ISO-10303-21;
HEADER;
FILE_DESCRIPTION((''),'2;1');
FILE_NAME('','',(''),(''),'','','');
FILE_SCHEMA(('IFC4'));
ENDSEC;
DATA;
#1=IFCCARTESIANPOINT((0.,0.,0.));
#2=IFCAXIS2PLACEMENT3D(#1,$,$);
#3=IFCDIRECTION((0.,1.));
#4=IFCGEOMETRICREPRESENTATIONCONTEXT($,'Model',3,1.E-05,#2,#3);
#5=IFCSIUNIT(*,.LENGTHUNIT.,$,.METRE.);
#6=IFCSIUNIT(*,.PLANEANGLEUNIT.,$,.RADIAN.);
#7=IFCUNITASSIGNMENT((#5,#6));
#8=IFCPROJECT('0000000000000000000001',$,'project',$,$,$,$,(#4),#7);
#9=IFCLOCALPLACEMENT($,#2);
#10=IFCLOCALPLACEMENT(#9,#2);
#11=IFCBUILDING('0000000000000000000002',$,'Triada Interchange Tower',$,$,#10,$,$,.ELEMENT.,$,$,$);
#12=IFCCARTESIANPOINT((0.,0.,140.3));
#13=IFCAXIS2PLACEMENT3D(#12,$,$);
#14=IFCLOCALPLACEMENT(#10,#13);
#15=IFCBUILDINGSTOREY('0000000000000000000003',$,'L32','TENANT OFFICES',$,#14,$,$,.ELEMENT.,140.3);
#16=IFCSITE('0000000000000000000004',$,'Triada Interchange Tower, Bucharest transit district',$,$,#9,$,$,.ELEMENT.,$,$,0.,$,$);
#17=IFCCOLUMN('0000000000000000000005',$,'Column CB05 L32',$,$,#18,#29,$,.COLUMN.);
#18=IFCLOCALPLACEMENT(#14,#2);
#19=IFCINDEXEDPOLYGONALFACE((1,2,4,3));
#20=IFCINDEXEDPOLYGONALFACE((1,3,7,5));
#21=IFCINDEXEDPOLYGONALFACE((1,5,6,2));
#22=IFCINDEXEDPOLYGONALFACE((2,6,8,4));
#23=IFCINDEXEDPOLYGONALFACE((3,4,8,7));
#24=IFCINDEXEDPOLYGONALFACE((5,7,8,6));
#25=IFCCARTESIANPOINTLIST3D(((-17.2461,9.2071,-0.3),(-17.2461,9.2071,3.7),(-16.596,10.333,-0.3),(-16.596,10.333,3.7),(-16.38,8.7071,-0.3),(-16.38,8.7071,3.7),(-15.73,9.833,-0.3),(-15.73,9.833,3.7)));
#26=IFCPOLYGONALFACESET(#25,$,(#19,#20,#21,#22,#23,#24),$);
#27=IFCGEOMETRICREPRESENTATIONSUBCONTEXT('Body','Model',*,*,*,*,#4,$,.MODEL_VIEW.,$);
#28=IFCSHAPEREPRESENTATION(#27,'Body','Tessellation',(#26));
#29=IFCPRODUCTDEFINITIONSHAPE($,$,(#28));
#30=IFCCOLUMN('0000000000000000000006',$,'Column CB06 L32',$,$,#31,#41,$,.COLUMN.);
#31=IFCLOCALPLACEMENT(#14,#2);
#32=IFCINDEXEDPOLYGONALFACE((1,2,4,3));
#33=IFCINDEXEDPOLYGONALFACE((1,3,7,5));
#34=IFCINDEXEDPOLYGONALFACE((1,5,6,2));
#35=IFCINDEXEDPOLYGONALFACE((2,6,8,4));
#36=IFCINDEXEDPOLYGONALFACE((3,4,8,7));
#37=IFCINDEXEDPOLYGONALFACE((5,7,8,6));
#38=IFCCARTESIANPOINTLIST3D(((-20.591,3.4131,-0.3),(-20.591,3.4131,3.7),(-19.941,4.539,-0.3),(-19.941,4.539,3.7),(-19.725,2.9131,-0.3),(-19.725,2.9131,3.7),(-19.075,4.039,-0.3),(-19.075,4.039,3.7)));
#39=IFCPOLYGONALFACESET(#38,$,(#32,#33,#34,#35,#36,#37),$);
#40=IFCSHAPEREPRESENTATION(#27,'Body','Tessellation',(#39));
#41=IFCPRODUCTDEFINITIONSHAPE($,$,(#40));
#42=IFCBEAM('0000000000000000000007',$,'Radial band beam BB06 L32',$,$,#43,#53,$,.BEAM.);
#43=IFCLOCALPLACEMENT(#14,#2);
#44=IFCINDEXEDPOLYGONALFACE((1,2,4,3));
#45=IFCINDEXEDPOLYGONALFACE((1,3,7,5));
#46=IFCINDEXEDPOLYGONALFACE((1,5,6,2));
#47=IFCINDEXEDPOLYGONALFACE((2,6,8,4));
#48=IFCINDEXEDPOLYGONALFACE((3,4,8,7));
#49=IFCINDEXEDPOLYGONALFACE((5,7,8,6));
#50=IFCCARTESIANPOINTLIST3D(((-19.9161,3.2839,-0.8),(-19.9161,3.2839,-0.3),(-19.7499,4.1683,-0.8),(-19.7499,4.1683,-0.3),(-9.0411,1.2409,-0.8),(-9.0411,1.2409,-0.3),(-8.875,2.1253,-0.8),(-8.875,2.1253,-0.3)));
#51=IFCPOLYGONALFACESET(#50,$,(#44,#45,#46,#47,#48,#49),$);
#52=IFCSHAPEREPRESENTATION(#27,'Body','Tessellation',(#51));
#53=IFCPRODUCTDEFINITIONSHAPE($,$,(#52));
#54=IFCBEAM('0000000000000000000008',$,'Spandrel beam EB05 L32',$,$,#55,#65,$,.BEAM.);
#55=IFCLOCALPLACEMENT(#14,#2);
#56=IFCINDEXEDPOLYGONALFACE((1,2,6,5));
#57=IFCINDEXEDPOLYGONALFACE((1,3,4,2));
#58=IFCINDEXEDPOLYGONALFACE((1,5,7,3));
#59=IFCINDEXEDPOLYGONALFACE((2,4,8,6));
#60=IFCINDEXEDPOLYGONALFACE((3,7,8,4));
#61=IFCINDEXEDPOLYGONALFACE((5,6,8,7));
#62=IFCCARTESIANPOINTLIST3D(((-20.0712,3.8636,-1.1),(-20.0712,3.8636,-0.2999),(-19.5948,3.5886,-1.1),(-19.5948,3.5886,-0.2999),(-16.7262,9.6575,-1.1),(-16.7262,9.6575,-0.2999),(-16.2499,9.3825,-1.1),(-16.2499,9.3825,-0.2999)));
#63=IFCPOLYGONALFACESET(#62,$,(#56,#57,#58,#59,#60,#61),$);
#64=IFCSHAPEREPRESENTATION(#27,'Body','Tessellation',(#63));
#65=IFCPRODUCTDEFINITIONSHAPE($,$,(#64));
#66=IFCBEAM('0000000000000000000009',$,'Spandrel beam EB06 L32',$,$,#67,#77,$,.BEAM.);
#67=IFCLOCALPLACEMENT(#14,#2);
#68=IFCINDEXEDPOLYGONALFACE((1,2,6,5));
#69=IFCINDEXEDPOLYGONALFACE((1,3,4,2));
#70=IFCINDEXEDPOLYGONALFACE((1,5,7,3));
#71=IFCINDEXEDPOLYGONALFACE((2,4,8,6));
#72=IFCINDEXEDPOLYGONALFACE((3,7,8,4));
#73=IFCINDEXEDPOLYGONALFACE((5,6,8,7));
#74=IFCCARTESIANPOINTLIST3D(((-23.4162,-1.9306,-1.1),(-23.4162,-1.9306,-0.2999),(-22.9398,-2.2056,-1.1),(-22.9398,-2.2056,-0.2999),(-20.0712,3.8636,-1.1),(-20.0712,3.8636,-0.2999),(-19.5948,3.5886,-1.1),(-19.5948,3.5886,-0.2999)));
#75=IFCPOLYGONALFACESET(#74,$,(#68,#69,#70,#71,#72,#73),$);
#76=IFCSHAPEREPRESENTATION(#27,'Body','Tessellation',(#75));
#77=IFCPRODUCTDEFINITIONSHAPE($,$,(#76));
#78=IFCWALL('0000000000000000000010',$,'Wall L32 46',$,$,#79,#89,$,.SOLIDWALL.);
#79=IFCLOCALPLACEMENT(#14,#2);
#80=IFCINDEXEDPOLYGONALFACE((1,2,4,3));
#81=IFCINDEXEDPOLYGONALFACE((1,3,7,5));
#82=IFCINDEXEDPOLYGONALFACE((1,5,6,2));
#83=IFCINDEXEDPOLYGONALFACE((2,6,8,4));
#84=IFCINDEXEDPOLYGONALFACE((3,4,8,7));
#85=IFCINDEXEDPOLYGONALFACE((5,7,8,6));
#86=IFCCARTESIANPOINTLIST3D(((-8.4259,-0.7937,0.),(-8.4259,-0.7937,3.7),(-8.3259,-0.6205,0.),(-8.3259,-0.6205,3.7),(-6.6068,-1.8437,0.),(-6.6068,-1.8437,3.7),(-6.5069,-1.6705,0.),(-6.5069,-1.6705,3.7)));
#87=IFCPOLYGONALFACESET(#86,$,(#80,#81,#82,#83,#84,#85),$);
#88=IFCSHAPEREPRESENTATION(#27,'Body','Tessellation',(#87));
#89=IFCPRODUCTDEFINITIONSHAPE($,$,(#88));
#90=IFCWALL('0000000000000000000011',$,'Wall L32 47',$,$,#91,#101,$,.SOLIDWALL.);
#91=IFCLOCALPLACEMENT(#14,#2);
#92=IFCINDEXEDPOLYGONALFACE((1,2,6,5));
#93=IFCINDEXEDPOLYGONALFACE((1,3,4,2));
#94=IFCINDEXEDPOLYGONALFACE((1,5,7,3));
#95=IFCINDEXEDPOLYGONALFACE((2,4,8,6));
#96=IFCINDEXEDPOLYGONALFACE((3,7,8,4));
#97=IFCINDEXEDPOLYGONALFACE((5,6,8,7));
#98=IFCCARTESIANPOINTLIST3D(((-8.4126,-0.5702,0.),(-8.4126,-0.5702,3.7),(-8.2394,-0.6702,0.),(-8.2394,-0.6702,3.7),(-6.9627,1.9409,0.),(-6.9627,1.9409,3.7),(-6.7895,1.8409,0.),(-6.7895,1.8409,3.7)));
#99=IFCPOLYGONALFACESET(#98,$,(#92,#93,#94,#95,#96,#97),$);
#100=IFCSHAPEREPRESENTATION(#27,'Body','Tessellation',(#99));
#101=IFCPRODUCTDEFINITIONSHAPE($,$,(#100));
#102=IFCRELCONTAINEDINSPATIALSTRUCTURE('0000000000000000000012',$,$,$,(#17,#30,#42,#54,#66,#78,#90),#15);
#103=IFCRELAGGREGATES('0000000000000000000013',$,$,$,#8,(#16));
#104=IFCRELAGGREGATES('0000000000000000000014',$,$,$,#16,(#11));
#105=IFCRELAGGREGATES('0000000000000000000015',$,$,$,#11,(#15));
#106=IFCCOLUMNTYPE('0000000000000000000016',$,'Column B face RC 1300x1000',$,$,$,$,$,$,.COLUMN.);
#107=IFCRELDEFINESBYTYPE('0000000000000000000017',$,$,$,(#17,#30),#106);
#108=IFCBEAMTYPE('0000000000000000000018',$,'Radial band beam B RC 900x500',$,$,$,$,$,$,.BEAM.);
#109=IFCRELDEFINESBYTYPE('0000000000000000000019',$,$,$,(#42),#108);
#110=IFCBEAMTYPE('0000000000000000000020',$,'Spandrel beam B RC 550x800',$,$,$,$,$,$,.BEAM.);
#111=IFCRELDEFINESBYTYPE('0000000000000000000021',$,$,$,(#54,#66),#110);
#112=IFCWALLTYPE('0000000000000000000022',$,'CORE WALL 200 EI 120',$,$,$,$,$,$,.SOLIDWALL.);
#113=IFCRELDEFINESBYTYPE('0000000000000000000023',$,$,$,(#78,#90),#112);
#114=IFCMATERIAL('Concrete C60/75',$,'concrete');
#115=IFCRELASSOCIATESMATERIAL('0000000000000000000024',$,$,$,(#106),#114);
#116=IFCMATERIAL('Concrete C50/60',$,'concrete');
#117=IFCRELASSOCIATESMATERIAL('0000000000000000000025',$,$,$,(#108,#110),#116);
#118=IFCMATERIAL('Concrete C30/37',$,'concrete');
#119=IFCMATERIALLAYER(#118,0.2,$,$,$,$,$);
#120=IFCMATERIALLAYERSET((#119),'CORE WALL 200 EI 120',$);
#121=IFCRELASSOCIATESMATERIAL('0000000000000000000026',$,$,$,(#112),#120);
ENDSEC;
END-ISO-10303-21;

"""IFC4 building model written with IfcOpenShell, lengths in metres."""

from ifc_helpers import new_model, si_unit, direction, frame, frame_2d, origin, origin_2d, place, context, subcontext, project, spatial, rectangle, extrude, material, layer, layer_set, material_profile, profile_set, type_object, element, save


model = new_model("IFC4")

# Units and contexts
model_context = context("Model", 3, precision=1e-05, world=origin(), true_north=direction((0.0, 1.0)))
body_context = subcontext(model_context, "Body", "Model", "MODEL_VIEW")
ifc_project = project(units=[si_unit("LENGTHUNIT", "METRE"), si_unit("PLANEANGLEUNIT", "RADIAN")], contexts=[model_context])

# Site, building, storey
site_placement = place(None, origin())
site = spatial("IfcSite", under=ifc_project, at=site_placement, Name="Triada Interchange Tower, Bucharest transit district", CompositionType="ELEMENT", RefElevation=0.0)
building_placement = place(site_placement, origin())
building = spatial("IfcBuilding", under=site, at=building_placement, Name="Triada Interchange Tower", CompositionType="ELEMENT")
storey_placement = place(building_placement, frame((0.0, 0.0, 140.3)))
storey = spatial("IfcBuildingStorey", under=building, at=storey_placement, Name="L32", Description="TENANT OFFICES", CompositionType="ELEMENT", Elevation=140.3)

# Columns
ifc_material_1 = material(Name="Concrete C60/75", Category="concrete")
ifc_material_profile_1 = material_profile(ifc_material_1, rectangle(XDim=1.3, YDim=1.0, at=origin_2d()), Name="RC 1300x1000")
ifc_profile_set_1 = profile_set([ifc_material_profile_1], Name="Concrete C60/75")
column_type = type_object("IfcColumnType", Name="Column B face RC 1300x1000", PredefinedType="COLUMN", material=ifc_profile_set_1)
for number, where, z_axis, x_axis, name in (
    (1, (-16.488, 9.52, -0.3), (0.0, 0.0, 1.0), (0.5, 0.866025, 0.0), "Column CB05 L32"),
    (2, (-19.833, 3.7261, -0.3), (0.0, 0.0, 1.0), (0.5, 0.866025, 0.0), "Column CB06 L32"),
):
    element("IfcColumn", number, at=place(storey_placement, frame(where, z_axis=z_axis, x_axis=x_axis)), inside=storey, type_object=column_type, Name=name, PredefinedType="COLUMN", context=body_context, shape_type="SweptSolid", body=[
        extrude(rectangle(XDim=1.3, YDim=1.0, at=origin_2d()), origin(), (0.0, 0.0, 1.0), 4.0),
    ])

# Beams
ifc_material_2 = material(Name="Concrete C50/60", Category="concrete")
ifc_material_profile_2 = material_profile(ifc_material_2, rectangle(XDim=0.8999, YDim=0.5, at=origin_2d()), Name="RC 900x500")
ifc_profile_set_2 = profile_set([ifc_material_profile_2], Name="Concrete C50/60")
beam_type_1 = type_object("IfcBeamType", Name="Radial band beam B RC 900x500", PredefinedType="BEAM", material=ifc_profile_set_2)
beam_1_placement = place(storey_placement, frame((-19.833, 3.7261, -0.55), z_axis=(0.982808, -0.18463, 0.0), x_axis=(0.18463, 0.982808, 0.0)))
element("IfcBeam", 3, at=beam_1_placement, inside=storey, type_object=beam_type_1, Name="Radial band beam BB06 L32", PredefinedType="BEAM", context=body_context, shape_type="SweptSolid", body=[
    extrude(rectangle(XDim=0.8999, YDim=0.5, at=origin_2d()), origin(), (0.0, 0.0, 1.0), 11.0652),
])
ifc_material_profile_3 = material_profile(ifc_material_2, rectangle(XDim=0.55, YDim=0.8, at=origin_2d()), Name="RC 550x800")
ifc_profile_set_3 = profile_set([ifc_material_profile_3], Name="Concrete C50/60")
beam_type_2 = type_object("IfcBeamType", Name="Spandrel beam B RC 550x800", PredefinedType="BEAM", material=ifc_profile_set_3)
beam_2_placement = place(storey_placement, frame((-16.488, 9.52, -0.7), z_axis=(-0.499981, -0.866036, 0.0), x_axis=(0.866036, -0.499981, 0.0)))
element("IfcBeam", 4, at=beam_2_placement, inside=storey, type_object=beam_type_2, Name="Spandrel beam EB05 L32", PredefinedType="BEAM", context=body_context, shape_type="SweptSolid", body=[
    extrude(rectangle(XDim=0.55, YDim=0.8, at=origin_2d()), origin(), (0.0, 0.0, 1.0), 6.6902),
])
beam_3_placement = place(storey_placement, frame((-19.833, 3.7261, -0.7), z_axis=(-0.499966, -0.866045, 0.0), x_axis=(0.866045, -0.499966, 0.0)))
element("IfcBeam", 5, at=beam_3_placement, inside=storey, type_object=beam_type_2, Name="Spandrel beam EB06 L32", PredefinedType="BEAM", context=body_context, shape_type="SweptSolid", body=[
    extrude(rectangle(XDim=0.55, YDim=0.8, at=origin_2d()), origin(), (0.0, 0.0, 1.0), 6.6904),
])

# Walls
ifc_material_3 = material(Name="Concrete C30/37", Category="concrete")
ifc_layer_1 = layer(ifc_material_3, 0.2)
ifc_layer_set_1 = layer_set([ifc_layer_1], Name="CORE WALL 200 EI 120")
wall_type_1 = type_object("IfcWallType", Name="CORE WALL 200 EI 120", PredefinedType="SOLIDWALL", material=ifc_layer_set_1)
wall_1_placement = place(storey_placement, frame((-8.376, -0.707, 0.0), z_axis=(0.0, 0.0, 1.0), x_axis=(0.866068, -0.499927, 0.0)))
element("IfcWall", 6, at=wall_1_placement, inside=storey, type_object=wall_type_1, Name="Wall L32 46", PredefinedType="SOLIDWALL", context=body_context, shape_type="SweptSolid", body=[
    extrude(rectangle(XDim=2.1003, YDim=0.2, at=frame_2d((1.0503, 0.0))), origin(), (0.0, 0.0, 1.0), 3.7),
])
wall_2_placement = place(storey_placement, frame((-8.3259, -0.6201, 0.0), z_axis=(0.0, 0.0, 1.0), x_axis=(0.500024, 0.866012, 0.0)))
element("IfcWall", 7, at=wall_2_placement, inside=storey, type_object=wall_type_1, Name="Wall L32 47", PredefinedType="SOLIDWALL", context=body_context, shape_type="SweptSolid", body=[
    extrude(rectangle(XDim=2.8997, YDim=0.2, at=frame_2d((1.4497, 0.0))), origin(), (0.0, 0.0, 1.0), 3.7),
])

save(model, "model.ifc")
